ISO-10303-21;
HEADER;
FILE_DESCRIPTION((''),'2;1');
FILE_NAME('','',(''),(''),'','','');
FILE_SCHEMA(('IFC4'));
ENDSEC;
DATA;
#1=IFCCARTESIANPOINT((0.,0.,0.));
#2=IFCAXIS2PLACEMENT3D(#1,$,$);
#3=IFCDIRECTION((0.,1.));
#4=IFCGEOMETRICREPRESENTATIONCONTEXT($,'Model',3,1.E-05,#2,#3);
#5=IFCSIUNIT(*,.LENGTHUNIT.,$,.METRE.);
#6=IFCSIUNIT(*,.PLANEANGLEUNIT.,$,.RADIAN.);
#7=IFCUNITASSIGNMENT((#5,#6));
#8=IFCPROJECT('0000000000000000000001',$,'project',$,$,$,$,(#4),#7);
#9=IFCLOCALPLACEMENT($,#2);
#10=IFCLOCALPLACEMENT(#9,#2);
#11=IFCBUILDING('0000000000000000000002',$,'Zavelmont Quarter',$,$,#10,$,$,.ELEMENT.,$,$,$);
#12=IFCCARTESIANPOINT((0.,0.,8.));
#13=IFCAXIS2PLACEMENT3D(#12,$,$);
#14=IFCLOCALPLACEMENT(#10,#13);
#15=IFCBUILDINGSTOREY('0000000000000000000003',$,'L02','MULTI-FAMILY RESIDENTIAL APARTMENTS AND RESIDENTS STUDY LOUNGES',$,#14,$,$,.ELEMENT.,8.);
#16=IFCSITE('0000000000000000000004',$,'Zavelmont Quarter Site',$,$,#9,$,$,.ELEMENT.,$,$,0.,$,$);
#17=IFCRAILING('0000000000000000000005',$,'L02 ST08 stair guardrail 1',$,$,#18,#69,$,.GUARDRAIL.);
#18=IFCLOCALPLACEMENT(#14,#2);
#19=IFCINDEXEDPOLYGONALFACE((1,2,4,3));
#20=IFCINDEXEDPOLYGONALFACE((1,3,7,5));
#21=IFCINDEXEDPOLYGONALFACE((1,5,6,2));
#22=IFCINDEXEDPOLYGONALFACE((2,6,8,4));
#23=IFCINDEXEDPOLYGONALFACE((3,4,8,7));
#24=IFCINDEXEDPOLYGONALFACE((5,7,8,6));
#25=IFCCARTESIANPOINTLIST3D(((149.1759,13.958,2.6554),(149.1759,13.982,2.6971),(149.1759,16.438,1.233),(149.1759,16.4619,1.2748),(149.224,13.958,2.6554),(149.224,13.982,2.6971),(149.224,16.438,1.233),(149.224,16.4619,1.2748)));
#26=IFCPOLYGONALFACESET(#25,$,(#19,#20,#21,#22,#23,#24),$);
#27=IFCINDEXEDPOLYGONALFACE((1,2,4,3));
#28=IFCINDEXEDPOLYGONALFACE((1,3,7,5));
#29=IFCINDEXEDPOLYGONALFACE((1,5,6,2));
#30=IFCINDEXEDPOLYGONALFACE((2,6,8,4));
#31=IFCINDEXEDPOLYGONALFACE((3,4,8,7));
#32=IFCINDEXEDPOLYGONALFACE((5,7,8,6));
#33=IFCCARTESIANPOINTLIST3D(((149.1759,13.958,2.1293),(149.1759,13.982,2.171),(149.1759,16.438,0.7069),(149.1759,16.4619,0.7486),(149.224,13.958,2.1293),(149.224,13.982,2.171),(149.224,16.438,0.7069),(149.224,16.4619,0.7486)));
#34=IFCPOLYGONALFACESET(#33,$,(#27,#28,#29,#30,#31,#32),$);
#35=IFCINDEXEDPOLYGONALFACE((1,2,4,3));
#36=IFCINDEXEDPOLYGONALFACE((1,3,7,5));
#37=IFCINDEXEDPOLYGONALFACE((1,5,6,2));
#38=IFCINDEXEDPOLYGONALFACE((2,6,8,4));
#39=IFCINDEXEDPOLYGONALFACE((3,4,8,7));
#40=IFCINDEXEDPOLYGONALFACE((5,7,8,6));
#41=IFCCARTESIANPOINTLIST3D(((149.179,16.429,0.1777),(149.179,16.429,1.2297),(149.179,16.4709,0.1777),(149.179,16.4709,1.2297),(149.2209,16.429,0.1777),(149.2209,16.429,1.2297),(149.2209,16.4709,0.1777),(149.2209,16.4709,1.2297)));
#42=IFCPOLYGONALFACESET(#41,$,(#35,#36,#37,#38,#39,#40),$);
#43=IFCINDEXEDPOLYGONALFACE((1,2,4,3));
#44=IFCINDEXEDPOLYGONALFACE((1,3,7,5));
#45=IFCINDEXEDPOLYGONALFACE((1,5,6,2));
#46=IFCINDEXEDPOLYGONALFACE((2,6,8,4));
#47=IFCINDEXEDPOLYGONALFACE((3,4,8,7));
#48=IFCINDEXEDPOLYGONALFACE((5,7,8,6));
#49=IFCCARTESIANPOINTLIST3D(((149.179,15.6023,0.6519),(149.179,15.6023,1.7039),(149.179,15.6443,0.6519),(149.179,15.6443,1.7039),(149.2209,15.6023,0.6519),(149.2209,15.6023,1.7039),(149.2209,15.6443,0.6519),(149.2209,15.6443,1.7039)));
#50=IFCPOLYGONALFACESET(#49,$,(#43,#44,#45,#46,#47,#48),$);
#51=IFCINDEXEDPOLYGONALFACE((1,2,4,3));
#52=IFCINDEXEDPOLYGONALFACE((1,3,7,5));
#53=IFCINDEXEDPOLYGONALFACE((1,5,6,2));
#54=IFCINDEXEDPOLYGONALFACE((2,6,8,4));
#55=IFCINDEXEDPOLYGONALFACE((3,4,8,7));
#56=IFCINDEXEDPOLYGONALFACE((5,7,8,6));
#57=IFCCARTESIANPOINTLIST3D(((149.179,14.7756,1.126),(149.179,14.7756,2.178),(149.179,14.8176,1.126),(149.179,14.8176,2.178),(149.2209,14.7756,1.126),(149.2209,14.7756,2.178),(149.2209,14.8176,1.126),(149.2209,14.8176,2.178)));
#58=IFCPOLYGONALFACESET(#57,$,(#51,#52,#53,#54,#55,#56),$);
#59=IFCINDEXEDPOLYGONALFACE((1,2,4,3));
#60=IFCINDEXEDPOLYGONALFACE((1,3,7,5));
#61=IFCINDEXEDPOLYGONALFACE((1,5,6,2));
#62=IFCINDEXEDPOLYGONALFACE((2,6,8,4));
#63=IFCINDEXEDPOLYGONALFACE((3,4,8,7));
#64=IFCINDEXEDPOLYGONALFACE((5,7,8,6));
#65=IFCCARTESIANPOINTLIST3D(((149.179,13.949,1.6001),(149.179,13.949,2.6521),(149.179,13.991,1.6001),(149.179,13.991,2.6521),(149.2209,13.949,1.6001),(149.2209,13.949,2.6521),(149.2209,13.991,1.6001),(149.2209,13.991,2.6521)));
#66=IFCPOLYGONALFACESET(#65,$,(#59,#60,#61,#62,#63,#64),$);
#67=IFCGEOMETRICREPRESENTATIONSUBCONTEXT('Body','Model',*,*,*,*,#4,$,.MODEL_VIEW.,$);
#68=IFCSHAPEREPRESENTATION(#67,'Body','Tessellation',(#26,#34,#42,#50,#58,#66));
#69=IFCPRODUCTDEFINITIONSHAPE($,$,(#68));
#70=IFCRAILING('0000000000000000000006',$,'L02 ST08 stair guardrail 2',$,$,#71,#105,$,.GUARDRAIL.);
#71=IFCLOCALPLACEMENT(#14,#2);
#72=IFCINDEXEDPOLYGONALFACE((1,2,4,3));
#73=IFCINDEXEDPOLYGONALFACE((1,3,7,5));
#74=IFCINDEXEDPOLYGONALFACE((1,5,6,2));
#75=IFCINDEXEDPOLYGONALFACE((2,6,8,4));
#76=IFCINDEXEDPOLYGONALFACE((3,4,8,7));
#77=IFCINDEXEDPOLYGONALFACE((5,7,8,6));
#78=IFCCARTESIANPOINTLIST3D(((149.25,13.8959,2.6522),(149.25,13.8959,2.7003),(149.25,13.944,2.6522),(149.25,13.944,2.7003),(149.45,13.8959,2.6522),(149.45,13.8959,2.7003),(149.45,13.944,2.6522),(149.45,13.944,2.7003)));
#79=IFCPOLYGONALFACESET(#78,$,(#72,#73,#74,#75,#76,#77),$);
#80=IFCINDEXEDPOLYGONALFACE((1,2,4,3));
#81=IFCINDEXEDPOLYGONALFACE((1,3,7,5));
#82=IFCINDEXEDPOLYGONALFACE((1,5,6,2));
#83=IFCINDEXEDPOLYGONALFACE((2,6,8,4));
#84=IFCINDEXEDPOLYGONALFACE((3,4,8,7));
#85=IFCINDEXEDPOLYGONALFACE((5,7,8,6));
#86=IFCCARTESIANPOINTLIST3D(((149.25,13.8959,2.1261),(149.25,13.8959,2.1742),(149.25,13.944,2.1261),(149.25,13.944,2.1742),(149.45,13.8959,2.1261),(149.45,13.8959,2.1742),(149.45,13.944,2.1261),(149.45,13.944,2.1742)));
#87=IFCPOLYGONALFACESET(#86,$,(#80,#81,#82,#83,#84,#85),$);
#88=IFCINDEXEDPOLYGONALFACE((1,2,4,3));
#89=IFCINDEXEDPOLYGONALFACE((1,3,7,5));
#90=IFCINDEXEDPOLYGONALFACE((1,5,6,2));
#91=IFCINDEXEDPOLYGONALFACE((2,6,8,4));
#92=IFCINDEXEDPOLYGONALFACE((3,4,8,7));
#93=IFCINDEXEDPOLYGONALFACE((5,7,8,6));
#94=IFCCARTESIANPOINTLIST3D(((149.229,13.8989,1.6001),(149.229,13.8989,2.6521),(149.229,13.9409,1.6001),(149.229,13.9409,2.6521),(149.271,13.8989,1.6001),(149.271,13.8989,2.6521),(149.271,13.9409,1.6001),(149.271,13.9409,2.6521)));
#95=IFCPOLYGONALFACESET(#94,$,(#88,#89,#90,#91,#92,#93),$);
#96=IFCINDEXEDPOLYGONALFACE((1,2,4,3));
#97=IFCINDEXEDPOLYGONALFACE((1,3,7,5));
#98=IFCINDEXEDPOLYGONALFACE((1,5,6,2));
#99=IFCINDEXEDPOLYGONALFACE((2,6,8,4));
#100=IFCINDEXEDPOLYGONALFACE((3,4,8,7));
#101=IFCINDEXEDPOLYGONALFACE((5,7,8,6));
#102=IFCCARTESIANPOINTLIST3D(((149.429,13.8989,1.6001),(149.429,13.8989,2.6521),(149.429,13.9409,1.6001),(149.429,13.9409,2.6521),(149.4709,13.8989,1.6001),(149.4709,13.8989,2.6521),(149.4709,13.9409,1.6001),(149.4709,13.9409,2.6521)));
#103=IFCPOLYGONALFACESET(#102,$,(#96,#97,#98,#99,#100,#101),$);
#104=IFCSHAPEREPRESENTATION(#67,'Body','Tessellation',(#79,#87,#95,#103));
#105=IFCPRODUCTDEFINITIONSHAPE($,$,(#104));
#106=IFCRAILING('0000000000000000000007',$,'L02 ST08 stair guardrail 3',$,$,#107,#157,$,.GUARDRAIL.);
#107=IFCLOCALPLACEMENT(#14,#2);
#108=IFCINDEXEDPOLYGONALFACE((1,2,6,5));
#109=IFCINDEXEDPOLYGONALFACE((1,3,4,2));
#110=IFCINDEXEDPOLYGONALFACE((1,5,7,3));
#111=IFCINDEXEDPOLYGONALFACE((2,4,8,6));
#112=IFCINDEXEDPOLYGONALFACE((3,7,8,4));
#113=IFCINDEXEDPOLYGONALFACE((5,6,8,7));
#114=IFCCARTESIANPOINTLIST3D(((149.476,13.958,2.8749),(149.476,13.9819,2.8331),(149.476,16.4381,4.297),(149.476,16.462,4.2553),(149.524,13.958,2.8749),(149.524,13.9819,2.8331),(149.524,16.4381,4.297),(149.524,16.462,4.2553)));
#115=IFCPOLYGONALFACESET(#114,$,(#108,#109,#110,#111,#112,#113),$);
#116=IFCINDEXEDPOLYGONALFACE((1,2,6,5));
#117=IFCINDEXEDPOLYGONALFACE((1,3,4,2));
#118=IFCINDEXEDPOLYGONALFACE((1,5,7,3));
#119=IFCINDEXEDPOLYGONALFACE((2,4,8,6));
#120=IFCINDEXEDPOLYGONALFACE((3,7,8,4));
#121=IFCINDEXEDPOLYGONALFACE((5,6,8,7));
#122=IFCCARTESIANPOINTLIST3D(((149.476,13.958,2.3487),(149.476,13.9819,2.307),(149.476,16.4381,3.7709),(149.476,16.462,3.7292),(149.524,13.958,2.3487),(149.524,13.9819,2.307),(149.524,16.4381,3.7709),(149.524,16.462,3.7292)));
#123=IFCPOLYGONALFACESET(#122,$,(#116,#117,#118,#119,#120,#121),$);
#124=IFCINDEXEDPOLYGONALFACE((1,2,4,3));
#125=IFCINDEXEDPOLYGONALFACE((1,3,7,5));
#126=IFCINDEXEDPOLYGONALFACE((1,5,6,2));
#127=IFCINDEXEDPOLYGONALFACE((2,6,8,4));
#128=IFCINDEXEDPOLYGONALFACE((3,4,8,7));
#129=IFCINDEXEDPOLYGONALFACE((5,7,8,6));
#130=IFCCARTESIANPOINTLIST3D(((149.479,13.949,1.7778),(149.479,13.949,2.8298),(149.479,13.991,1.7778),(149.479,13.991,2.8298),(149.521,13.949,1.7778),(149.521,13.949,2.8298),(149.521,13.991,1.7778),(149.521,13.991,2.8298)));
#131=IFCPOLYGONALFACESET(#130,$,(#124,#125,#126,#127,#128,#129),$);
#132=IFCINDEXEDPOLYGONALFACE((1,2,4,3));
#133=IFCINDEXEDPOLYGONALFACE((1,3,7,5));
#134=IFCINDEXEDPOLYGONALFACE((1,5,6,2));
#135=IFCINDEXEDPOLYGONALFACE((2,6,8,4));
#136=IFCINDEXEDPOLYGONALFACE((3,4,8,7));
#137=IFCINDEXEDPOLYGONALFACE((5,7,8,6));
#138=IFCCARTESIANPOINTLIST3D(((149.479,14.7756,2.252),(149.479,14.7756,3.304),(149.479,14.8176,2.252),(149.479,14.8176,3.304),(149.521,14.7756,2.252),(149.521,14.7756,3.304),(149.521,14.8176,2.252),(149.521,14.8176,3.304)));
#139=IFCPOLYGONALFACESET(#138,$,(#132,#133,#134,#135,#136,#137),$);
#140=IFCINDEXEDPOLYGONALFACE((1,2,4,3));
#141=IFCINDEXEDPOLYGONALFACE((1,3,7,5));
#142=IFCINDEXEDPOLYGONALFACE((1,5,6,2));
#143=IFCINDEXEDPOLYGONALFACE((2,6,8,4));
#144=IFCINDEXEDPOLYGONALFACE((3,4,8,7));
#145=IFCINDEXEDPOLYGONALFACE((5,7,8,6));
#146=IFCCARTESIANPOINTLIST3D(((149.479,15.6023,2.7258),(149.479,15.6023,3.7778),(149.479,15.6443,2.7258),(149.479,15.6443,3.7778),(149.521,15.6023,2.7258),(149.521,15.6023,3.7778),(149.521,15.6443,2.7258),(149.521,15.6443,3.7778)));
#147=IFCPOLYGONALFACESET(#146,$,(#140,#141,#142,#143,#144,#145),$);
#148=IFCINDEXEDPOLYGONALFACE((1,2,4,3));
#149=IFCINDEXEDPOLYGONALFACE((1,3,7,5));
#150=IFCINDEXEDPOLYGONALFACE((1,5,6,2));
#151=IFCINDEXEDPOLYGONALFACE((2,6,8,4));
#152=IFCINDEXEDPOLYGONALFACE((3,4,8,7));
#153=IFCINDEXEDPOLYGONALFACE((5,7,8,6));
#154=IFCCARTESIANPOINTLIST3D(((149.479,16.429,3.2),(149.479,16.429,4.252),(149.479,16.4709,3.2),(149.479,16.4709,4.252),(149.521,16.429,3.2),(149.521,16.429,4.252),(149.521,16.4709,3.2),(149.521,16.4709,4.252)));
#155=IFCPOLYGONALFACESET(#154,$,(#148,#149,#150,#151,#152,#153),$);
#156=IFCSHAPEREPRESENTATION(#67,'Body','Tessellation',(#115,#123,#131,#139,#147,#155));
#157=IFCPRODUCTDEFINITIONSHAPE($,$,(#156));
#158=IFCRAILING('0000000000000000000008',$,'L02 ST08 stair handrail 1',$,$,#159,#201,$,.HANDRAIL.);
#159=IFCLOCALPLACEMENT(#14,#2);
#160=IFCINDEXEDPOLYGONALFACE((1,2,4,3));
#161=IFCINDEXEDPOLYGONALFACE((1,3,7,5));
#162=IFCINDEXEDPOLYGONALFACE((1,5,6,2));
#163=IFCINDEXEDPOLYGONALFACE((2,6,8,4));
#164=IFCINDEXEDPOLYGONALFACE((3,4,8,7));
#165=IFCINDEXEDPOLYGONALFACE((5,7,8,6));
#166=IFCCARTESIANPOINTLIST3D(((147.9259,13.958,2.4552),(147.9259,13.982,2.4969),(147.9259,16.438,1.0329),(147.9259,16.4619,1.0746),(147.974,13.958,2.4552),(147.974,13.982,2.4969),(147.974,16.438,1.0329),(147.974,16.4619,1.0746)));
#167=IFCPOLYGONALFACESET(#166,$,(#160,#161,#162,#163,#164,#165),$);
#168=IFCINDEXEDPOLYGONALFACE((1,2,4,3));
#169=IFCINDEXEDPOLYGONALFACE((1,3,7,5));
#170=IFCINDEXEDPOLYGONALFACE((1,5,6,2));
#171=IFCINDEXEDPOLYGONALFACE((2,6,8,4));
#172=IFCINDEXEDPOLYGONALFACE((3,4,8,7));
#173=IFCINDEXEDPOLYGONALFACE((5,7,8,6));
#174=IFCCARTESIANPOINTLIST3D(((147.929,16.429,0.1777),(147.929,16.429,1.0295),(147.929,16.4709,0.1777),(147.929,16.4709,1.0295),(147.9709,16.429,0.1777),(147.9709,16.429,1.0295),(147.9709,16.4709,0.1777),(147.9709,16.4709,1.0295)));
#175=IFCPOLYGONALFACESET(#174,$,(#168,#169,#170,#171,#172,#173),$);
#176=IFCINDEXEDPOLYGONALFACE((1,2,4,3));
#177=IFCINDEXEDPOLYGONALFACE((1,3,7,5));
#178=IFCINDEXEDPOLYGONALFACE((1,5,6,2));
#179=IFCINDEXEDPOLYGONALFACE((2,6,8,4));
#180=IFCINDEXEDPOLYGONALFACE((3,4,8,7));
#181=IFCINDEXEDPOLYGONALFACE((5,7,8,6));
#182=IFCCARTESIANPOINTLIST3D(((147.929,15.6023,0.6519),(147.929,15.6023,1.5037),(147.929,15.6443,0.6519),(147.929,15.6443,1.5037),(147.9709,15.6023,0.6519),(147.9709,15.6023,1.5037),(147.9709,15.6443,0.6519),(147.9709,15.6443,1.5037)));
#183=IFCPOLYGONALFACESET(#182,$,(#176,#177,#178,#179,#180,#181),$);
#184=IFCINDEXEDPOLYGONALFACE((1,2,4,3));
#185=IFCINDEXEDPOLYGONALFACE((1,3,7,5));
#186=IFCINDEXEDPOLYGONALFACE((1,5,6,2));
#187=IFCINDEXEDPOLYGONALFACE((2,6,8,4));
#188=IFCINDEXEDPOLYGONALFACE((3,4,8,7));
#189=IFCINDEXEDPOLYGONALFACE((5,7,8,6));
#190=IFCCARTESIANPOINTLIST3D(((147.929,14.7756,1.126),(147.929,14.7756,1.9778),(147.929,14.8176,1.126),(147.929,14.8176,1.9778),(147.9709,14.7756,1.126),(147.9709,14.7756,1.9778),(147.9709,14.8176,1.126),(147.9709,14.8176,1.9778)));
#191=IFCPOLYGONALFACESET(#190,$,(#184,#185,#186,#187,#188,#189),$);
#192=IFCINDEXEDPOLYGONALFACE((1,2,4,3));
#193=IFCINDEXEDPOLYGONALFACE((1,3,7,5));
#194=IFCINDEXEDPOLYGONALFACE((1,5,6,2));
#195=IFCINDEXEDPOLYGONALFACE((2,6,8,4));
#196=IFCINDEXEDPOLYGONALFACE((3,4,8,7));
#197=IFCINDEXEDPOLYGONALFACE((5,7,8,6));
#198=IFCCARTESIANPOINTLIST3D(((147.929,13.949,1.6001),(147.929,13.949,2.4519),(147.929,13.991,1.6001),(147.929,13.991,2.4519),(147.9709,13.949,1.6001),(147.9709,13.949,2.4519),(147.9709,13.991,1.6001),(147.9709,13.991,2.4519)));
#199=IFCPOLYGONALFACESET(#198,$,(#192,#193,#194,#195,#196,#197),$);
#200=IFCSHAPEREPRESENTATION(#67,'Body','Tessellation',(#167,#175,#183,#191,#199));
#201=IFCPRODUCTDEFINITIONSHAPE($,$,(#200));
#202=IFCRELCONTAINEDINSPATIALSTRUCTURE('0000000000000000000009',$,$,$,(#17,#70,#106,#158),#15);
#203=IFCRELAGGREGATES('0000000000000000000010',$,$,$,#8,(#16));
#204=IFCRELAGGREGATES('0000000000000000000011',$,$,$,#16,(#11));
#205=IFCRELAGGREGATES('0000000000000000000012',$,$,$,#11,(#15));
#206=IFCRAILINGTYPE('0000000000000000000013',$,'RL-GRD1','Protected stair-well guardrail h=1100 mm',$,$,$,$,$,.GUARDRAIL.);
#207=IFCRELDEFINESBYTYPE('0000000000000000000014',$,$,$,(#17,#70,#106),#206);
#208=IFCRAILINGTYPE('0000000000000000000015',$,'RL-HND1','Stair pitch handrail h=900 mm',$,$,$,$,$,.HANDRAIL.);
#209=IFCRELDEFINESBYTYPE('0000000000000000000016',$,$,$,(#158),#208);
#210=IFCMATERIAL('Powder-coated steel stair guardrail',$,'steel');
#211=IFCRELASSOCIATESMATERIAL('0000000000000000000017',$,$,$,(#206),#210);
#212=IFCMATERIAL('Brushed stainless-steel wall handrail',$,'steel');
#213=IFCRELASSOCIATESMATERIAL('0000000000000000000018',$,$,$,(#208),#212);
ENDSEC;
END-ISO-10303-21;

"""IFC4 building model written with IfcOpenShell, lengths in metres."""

from ifc_helpers import new_model, si_unit, direction, frame, origin, origin_2d, place, context, subcontext, project, spatial, rectangle, extrude, material, type_object, element, save


model = new_model("IFC4")

# Units and contexts
model_context = context("Model", 3, precision=1e-05, world=origin(), true_north=direction((0.0, 1.0)))
body_context = subcontext(model_context, "Body", "Model", "MODEL_VIEW")
ifc_project = project(units=[si_unit("LENGTHUNIT", "METRE"), si_unit("PLANEANGLEUNIT", "RADIAN")], contexts=[model_context])

# Site, building, storey
site_placement = place(None, origin())
site = spatial("IfcSite", under=ifc_project, at=site_placement, Name="Zavelmont Quarter Site", CompositionType="ELEMENT", RefElevation=0.0)
building_placement = place(site_placement, origin())
building = spatial("IfcBuilding", under=site, at=building_placement, Name="Zavelmont Quarter", CompositionType="ELEMENT")
storey_placement = place(building_placement, frame((0.0, 0.0, 8.0)))
storey = spatial("IfcBuildingStorey", under=building, at=storey_placement, Name="L02", Description="MULTI-FAMILY RESIDENTIAL APARTMENTS AND RESIDENTS STUDY LOUNGES", CompositionType="ELEMENT", Elevation=8.0)

# Railings
ifc_material_1 = material(Name="Powder-coated steel stair guardrail", Category="steel")
railing_type_1 = type_object("IfcRailingType", Name="RL-GRD1", Description="Protected stair-well guardrail h=1100 mm", PredefinedType="GUARDRAIL", material=ifc_material_1)
railing_1_placement = place(storey_placement, frame((149.2, 16.45, 0.1777)))
element("IfcRailing", 1, at=railing_1_placement, inside=storey, type_object=railing_type_1, Name="L02 ST08 stair guardrail 1", PredefinedType="GUARDRAIL", context=body_context, shape_type="SweptSolid", body=[
    extrude(rectangle(XDim=0.0481, YDim=0.0481, at=origin_2d()), frame((0.0, 0.0, 1.0762), z_axis=(0.0, -0.867454, 0.497518), x_axis=(1.0, 0.0, 0.0)), (0.0, 0.0, 1.0), 2.8589),
    extrude(rectangle(XDim=0.0481, YDim=0.0481, at=origin_2d()), frame((0.0, 0.0, 0.55), z_axis=(0.0, -0.867454, 0.497518), x_axis=(1.0, 0.0, 0.0)), (0.0, 0.0, 1.0), 2.8589),
    extrude(rectangle(XDim=0.042, YDim=0.042, at=origin_2d()), origin(), (0.0, 0.0, 1.0), 1.052),
    extrude(rectangle(XDim=0.042, YDim=0.042, at=origin_2d()), frame((0.0, -0.8267, 0.4741)), (0.0, 0.0, 1.0), 1.052),
    extrude(rectangle(XDim=0.042, YDim=0.042, at=origin_2d()), frame((0.0, -1.6533, 0.9482)), (0.0, 0.0, 1.0), 1.052),
    extrude(rectangle(XDim=0.042, YDim=0.042, at=origin_2d()), frame((0.0, -2.48, 1.4224)), (0.0, 0.0, 1.0), 1.052),
])
railing_2_placement = place(storey_placement, frame((149.25, 13.9199, 1.6001)))
element("IfcRailing", 2, at=railing_2_placement, inside=storey, type_object=railing_type_1, Name="L02 ST08 stair guardrail 2", PredefinedType="GUARDRAIL", context=body_context, shape_type="SweptSolid", body=[
    extrude(rectangle(XDim=0.0481, YDim=0.0481, at=origin_2d()), frame((0.0, 0.0, 1.0762), z_axis=(1.0, 0.0, 0.0), x_axis=(0.0, 1.0, 0.0)), (0.0, 0.0, 1.0), 0.2),
    extrude(rectangle(XDim=0.0481, YDim=0.0481, at=origin_2d()), frame((0.0, 0.0, 0.55), z_axis=(1.0, 0.0, 0.0), x_axis=(0.0, 1.0, 0.0)), (0.0, 0.0, 1.0), 0.2),
    extrude(rectangle(XDim=0.042, YDim=0.042, at=origin_2d()), origin(), (0.0, 0.0, 1.0), 1.052),
    extrude(rectangle(XDim=0.042, YDim=0.042, at=origin_2d()), frame((0.2, 0.0, 0.0)), (0.0, 0.0, 1.0), 1.052),
])
railing_3_placement = place(storey_placement, frame((149.5, 13.97, 1.7778)))
element("IfcRailing", 3, at=railing_3_placement, inside=storey, type_object=railing_type_1, Name="L02 ST08 stair guardrail 3", PredefinedType="GUARDRAIL", context=body_context, shape_type="SweptSolid", body=[
    extrude(rectangle(XDim=0.0481, YDim=0.0481, at=origin_2d()), frame((0.0, 0.0, 1.0762), z_axis=(0.0, 0.867491, 0.497454), x_axis=(-1.0, 0.0, 0.0)), (0.0, 0.0, 1.0), 2.8589),
    extrude(rectangle(XDim=0.0481, YDim=0.0481, at=origin_2d()), frame((0.0, 0.0, 0.55), z_axis=(0.0, 0.867491, 0.497454), x_axis=(-1.0, 0.0, 0.0)), (0.0, 0.0, 1.0), 2.8589),
    extrude(rectangle(XDim=0.042, YDim=0.042, at=origin_2d()), origin(), (0.0, 0.0, 1.0), 1.052),
    extrude(rectangle(XDim=0.042, YDim=0.042, at=origin_2d()), frame((0.0, 0.8267, 0.4741)), (0.0, 0.0, 1.0), 1.052),
    extrude(rectangle(XDim=0.042, YDim=0.042, at=origin_2d()), frame((0.0, 1.6533, 0.948)), (0.0, 0.0, 1.0), 1.052),
    extrude(rectangle(XDim=0.042, YDim=0.042, at=origin_2d()), frame((0.0, 2.48, 1.4221)), (0.0, 0.0, 1.0), 1.052),
])
ifc_material_2 = material(Name="Brushed stainless-steel wall handrail", Category="steel")
railing_type_2 = type_object("IfcRailingType", Name="RL-HND1", Description="Stair pitch handrail h=900 mm", PredefinedType="HANDRAIL", material=ifc_material_2)
railing_4_placement = place(storey_placement, frame((147.95, 16.45, 0.1777)))
element("IfcRailing", 4, at=railing_4_placement, inside=storey, type_object=railing_type_2, Name="L02 ST08 stair handrail 1", PredefinedType="HANDRAIL", context=body_context, shape_type="SweptSolid", body=[
    extrude(rectangle(XDim=0.0481, YDim=0.0481, at=origin_2d()), frame((0.0, 0.0, 0.876), z_axis=(0.0, -0.867454, 0.497518), x_axis=(1.0, 0.0, 0.0)), (0.0, 0.0, 1.0), 2.8589),
    extrude(rectangle(XDim=0.042, YDim=0.042, at=origin_2d()), origin(), (0.0, 0.0, 1.0), 0.8518),
    extrude(rectangle(XDim=0.042, YDim=0.042, at=origin_2d()), frame((0.0, -0.8267, 0.4741)), (0.0, 0.0, 1.0), 0.8518),
    extrude(rectangle(XDim=0.042, YDim=0.042, at=origin_2d()), frame((0.0, -1.6533, 0.9482)), (0.0, 0.0, 1.0), 0.8518),
    extrude(rectangle(XDim=0.042, YDim=0.042, at=origin_2d()), frame((0.0, -2.48, 1.4224)), (0.0, 0.0, 1.0), 0.8518),
])

save(model, "model.ifc")
